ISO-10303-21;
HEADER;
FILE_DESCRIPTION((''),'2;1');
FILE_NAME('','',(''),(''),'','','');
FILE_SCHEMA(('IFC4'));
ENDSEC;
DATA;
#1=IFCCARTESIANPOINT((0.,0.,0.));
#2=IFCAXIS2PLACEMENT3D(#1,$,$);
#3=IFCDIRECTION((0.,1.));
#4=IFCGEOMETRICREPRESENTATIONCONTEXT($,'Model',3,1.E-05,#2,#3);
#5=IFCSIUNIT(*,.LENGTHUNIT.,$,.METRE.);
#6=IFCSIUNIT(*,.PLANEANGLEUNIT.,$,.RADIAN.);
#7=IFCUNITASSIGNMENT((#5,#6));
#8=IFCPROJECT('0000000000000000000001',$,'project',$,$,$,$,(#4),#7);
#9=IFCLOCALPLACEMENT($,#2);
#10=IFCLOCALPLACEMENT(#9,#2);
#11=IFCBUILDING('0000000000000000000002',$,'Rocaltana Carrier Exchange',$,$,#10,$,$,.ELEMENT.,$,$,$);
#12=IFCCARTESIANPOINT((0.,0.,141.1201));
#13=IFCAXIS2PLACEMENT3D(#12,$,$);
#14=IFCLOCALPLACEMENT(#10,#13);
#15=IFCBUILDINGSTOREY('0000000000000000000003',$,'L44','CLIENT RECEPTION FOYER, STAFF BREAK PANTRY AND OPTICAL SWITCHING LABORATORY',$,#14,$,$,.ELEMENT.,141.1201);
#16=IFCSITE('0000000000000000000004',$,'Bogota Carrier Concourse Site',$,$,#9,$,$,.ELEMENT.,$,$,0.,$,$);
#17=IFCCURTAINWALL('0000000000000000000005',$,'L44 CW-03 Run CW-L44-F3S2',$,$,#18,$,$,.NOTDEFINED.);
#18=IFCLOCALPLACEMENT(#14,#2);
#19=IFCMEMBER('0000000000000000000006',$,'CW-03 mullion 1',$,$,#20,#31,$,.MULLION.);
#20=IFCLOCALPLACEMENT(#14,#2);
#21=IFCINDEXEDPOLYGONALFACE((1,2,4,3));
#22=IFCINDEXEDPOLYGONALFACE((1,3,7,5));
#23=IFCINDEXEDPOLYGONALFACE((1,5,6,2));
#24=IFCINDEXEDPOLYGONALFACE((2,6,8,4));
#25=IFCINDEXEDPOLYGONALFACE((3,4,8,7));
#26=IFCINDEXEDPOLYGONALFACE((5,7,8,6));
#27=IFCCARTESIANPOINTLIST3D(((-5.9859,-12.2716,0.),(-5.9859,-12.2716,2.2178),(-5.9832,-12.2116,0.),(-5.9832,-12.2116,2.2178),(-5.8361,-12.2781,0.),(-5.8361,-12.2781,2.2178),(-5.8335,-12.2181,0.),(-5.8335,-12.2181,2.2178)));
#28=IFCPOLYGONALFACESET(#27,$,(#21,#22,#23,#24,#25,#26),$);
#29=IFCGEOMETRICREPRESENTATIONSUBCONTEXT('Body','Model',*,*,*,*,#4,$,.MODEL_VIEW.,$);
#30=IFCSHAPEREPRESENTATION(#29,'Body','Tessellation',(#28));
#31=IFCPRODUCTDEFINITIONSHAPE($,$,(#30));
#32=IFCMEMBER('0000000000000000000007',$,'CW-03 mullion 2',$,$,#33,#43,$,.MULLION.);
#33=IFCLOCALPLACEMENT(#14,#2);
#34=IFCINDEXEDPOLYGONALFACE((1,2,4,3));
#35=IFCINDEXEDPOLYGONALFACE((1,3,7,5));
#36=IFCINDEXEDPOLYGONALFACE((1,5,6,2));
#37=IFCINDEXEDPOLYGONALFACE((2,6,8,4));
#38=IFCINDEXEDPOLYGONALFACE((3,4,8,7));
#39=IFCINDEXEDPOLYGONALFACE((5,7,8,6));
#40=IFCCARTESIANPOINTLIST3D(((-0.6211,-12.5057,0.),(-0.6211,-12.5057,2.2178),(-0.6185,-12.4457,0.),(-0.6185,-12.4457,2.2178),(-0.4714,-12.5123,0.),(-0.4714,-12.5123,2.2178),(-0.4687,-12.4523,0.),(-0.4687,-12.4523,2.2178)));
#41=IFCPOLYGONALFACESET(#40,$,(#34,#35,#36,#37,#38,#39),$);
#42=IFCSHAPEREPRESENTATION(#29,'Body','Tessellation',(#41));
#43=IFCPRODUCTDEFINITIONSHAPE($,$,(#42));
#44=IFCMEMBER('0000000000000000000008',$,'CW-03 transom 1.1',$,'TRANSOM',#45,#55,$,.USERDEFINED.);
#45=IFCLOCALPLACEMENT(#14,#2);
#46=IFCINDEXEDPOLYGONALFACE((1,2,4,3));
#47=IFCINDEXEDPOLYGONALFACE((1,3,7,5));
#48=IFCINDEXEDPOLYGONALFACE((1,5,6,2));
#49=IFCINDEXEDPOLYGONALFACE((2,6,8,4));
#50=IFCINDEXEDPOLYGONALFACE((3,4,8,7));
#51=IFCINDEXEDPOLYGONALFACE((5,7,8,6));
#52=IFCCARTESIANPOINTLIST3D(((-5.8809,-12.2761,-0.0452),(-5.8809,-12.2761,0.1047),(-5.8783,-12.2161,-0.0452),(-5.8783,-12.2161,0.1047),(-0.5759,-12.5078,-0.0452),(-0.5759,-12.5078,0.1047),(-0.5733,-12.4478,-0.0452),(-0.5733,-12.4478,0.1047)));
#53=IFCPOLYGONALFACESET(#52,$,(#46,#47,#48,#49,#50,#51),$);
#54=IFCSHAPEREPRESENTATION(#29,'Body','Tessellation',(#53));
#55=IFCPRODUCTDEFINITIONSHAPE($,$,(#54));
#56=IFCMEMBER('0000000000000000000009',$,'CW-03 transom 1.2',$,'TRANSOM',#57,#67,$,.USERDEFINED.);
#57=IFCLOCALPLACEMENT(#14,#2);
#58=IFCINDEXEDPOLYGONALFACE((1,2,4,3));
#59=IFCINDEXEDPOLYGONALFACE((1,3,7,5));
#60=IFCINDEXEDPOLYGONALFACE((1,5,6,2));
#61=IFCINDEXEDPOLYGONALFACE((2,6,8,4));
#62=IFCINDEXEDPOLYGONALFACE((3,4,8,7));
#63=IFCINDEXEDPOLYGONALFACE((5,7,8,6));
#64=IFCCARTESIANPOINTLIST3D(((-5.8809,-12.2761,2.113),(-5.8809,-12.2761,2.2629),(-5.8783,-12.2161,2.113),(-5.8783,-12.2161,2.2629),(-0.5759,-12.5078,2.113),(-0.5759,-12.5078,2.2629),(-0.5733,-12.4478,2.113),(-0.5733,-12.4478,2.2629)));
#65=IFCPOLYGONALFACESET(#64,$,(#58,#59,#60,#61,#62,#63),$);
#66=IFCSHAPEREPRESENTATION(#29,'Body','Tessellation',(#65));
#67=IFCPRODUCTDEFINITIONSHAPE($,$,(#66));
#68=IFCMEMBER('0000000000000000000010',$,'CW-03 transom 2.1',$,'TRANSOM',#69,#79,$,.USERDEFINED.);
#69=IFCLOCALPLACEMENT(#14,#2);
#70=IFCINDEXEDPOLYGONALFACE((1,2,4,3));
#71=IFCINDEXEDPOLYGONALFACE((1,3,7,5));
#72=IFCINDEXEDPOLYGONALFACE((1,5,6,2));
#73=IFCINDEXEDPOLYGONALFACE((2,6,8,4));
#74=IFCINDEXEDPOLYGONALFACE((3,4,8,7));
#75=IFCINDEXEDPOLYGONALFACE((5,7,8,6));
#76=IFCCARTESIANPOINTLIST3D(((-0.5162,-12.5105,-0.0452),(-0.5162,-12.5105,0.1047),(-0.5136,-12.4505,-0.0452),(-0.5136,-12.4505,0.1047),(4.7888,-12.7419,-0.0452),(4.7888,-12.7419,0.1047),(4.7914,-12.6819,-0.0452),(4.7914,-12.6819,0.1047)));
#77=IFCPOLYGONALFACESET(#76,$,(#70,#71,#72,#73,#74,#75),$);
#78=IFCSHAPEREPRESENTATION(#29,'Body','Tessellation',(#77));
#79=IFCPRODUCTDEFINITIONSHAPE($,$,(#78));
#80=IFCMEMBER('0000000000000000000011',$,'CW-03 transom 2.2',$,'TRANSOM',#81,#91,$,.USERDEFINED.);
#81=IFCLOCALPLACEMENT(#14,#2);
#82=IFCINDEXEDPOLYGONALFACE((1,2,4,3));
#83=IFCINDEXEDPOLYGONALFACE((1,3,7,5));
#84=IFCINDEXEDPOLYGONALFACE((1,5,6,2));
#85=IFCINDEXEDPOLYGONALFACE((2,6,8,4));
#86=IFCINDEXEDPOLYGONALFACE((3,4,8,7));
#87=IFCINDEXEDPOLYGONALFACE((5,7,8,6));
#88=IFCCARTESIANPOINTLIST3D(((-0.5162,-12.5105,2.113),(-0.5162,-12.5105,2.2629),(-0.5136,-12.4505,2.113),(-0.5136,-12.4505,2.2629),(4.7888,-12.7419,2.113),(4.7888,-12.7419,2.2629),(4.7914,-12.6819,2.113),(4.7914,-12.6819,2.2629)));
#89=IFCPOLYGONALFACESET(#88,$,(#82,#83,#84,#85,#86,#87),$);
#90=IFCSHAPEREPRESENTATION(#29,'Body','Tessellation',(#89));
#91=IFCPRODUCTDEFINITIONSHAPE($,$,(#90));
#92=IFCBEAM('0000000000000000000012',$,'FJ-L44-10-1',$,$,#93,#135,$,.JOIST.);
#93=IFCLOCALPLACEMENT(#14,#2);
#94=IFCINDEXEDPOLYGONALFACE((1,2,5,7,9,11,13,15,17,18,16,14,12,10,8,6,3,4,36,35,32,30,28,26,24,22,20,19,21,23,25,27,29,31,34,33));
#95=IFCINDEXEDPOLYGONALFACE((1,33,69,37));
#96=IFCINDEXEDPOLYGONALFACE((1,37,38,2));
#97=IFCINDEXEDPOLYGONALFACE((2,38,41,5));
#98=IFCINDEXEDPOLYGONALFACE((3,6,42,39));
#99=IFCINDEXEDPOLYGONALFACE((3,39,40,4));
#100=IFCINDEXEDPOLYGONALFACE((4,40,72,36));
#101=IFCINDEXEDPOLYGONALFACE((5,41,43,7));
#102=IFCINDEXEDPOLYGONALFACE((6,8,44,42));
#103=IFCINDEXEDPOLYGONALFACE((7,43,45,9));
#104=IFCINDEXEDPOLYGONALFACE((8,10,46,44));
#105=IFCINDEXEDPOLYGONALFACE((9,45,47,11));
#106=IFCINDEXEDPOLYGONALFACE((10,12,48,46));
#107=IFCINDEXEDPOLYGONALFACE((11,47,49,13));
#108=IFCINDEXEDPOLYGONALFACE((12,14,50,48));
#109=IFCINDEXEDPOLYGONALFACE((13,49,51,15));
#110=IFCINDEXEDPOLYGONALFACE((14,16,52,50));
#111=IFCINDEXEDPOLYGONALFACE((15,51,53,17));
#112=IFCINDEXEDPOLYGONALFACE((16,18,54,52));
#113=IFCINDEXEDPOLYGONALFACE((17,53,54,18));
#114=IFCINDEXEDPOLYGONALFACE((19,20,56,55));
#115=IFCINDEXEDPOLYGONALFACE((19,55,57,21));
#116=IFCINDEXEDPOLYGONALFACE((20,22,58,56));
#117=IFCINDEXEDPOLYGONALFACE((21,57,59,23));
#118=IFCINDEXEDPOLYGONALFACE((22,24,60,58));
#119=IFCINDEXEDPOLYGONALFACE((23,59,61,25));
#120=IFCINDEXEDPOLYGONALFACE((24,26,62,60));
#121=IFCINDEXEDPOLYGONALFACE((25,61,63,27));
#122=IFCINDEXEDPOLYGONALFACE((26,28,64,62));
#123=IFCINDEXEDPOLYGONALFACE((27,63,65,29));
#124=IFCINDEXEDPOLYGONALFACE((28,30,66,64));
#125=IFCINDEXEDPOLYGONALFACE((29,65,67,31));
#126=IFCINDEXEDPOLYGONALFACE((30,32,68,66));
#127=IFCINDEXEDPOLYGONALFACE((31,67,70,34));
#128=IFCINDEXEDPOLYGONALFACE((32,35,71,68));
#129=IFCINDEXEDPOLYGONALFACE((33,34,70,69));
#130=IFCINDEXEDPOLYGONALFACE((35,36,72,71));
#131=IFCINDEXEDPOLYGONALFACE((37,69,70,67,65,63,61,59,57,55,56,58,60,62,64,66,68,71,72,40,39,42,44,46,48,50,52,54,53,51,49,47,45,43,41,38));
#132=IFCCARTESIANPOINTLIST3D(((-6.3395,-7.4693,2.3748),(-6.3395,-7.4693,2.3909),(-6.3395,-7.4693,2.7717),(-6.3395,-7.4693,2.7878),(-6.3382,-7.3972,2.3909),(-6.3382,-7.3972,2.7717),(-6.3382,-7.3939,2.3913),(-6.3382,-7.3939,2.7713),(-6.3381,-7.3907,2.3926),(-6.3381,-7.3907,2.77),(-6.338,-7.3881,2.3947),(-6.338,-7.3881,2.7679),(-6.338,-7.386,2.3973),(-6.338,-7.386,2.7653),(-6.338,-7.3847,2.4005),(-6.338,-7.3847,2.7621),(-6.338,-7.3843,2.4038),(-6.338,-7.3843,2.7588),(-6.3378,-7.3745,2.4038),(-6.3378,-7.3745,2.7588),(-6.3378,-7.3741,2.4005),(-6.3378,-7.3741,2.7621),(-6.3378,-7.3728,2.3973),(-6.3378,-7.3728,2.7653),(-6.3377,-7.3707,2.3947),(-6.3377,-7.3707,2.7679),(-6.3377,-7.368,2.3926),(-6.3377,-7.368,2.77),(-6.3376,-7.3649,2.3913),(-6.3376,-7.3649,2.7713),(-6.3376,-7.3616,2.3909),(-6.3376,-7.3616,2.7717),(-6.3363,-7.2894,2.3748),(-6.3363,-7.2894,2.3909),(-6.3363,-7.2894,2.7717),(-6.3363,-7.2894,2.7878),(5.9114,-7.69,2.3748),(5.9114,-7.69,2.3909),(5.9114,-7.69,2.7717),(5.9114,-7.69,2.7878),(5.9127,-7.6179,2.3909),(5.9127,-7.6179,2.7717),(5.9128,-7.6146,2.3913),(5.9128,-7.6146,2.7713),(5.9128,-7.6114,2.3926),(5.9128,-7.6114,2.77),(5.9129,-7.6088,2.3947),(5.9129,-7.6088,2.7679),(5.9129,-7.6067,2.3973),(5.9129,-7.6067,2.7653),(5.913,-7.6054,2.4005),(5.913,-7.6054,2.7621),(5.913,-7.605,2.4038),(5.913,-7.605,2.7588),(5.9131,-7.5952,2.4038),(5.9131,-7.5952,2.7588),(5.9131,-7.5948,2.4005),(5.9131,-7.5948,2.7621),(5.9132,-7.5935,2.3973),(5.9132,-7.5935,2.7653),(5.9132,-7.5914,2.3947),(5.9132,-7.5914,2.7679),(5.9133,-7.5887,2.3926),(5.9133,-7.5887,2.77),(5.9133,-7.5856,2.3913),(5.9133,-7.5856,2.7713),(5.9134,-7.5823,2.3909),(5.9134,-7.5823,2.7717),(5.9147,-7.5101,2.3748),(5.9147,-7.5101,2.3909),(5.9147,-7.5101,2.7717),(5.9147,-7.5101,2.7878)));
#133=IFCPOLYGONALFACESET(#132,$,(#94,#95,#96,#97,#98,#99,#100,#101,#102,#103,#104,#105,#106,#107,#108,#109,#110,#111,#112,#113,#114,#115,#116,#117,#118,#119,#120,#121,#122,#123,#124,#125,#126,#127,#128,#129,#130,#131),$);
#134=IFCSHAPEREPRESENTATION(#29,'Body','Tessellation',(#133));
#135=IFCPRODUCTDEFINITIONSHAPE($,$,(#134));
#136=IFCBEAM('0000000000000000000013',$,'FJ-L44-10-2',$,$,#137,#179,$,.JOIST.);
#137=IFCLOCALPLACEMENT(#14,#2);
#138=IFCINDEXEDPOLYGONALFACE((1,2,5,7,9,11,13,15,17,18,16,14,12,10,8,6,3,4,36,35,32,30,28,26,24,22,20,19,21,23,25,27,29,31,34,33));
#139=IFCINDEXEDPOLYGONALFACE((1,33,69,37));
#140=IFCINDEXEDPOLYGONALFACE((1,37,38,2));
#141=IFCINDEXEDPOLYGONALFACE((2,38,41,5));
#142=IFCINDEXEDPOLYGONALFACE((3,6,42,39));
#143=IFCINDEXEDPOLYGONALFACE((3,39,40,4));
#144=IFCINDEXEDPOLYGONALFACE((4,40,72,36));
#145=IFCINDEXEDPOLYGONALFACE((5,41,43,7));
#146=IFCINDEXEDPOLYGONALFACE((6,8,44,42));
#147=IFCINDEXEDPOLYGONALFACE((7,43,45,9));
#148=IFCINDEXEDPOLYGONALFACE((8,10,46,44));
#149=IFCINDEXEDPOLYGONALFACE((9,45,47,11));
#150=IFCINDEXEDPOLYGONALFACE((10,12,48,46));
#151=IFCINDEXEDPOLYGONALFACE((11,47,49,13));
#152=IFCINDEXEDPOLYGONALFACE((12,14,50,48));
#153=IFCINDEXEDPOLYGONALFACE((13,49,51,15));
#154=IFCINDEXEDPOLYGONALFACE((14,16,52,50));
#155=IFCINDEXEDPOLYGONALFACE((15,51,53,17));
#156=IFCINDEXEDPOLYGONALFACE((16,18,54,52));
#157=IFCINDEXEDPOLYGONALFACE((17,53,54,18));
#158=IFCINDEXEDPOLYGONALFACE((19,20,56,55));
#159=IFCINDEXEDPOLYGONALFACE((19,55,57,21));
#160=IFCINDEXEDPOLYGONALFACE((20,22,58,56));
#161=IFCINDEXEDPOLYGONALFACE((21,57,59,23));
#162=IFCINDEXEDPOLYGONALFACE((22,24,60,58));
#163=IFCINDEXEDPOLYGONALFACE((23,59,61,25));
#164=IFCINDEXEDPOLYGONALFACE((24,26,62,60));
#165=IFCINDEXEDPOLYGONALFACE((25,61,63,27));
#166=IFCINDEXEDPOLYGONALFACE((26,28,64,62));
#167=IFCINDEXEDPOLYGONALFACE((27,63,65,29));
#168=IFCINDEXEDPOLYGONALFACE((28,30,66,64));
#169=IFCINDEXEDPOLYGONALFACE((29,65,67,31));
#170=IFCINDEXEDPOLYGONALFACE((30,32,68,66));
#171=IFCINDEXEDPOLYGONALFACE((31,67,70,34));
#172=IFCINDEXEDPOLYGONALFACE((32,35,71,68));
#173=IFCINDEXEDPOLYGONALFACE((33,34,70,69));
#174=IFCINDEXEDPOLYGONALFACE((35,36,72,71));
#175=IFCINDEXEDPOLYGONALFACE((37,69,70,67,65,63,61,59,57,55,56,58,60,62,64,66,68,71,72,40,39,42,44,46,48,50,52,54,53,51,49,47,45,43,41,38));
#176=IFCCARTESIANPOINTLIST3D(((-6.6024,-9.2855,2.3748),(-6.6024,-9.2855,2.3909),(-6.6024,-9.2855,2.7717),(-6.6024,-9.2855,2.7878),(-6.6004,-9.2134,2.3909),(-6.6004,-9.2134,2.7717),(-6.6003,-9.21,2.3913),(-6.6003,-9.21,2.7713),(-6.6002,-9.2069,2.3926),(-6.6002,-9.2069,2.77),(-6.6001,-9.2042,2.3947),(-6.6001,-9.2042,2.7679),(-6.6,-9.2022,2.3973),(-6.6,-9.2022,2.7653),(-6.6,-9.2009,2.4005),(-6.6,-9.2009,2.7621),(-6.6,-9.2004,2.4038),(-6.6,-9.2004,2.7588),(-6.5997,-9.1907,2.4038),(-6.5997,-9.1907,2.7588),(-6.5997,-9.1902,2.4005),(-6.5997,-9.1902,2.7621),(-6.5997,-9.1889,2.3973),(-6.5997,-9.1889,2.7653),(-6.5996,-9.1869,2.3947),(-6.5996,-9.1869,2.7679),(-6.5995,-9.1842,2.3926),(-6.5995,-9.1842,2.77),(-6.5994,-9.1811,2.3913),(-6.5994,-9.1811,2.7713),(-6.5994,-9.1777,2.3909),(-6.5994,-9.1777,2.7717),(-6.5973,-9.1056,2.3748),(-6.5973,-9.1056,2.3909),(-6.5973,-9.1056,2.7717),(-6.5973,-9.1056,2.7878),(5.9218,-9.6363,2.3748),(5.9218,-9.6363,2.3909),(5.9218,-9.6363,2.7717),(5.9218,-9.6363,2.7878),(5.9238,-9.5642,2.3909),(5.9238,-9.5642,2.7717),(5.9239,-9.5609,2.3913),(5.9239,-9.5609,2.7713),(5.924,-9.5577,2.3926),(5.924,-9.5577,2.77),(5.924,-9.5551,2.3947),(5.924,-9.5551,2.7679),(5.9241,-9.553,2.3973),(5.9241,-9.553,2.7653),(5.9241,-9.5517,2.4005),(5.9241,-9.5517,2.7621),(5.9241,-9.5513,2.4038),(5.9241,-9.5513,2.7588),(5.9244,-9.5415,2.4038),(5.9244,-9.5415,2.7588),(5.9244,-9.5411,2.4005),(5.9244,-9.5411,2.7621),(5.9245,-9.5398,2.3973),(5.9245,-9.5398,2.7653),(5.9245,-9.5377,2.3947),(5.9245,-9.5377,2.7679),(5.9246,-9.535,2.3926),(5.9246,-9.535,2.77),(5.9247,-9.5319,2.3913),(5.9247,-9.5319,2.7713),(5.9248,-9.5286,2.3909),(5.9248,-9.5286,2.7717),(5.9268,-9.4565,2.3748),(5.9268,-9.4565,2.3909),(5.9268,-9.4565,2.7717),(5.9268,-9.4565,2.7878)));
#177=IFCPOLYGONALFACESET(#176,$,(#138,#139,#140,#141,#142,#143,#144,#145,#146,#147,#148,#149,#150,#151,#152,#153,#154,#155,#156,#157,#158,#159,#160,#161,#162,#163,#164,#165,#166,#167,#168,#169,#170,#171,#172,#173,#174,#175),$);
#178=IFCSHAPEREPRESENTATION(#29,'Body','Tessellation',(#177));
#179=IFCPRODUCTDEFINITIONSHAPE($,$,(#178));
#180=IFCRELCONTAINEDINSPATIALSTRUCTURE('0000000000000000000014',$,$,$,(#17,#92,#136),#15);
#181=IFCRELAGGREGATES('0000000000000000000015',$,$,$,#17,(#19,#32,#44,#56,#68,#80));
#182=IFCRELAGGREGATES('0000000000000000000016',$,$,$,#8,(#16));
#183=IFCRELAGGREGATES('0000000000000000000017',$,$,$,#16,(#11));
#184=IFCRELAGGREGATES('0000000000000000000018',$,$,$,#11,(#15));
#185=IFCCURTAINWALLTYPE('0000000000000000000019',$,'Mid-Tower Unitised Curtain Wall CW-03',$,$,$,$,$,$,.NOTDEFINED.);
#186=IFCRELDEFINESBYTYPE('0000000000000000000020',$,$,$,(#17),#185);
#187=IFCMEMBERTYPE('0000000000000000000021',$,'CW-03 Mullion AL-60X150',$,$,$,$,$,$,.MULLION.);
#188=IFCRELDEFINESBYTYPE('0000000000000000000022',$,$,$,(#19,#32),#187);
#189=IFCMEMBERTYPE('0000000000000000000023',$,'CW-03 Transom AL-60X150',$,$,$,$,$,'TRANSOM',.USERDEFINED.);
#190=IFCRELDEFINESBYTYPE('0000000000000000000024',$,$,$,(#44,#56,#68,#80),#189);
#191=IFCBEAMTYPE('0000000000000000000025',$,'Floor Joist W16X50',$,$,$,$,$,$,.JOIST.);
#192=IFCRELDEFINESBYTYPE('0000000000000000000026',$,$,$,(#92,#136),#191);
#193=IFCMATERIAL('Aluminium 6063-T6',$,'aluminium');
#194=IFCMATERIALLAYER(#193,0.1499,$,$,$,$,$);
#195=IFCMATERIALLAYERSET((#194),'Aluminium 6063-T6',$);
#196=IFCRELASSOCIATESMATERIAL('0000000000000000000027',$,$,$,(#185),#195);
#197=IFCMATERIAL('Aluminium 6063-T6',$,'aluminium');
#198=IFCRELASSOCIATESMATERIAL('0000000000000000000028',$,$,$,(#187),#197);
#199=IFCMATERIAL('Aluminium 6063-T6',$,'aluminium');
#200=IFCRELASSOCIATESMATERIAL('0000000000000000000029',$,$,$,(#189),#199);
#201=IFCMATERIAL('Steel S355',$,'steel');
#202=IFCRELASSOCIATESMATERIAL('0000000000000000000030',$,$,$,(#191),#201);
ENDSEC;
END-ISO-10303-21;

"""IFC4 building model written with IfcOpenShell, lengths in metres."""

from ifc_helpers import new_model, si_unit, direction, frame, origin, origin_2d, place, context, subcontext, project, spatial, rectangle, i_section, extrude, material, layer, layer_set, material_profile, profile_set, type_object, element, aggregate, save


model = new_model("IFC4")

# Units and contexts
model_context = context("Model", 3, precision=1e-05, world=origin(), true_north=direction((0.0, 1.0)))
body_context = subcontext(model_context, "Body", "Model", "MODEL_VIEW")
ifc_project = project(units=[si_unit("LENGTHUNIT", "METRE"), si_unit("PLANEANGLEUNIT", "RADIAN")], contexts=[model_context])

# Site, building, storey
site_placement = place(None, origin())
site = spatial("IfcSite", under=ifc_project, at=site_placement, Name="Bogota Carrier Concourse Site", CompositionType="ELEMENT", RefElevation=0.0)
building_placement = place(site_placement, origin())
building = spatial("IfcBuilding", under=site, at=building_placement, Name="Rocaltana Carrier Exchange", CompositionType="ELEMENT")
storey_placement = place(building_placement, frame((0.0, 0.0, 141.1201)))
storey = spatial("IfcBuildingStorey", under=building, at=storey_placement, Name="L44", Description="CLIENT RECEPTION FOYER, STAFF BREAK PANTRY AND OPTICAL SWITCHING LABORATORY", CompositionType="ELEMENT", Elevation=141.1201)

# Curtain wall, members
ifc_material_1 = material(Name="Aluminium 6063-T6", Category="aluminium")
ifc_layer_1 = layer(ifc_material_1, 0.1499)
ifc_layer_set_1 = layer_set([ifc_layer_1], Name="Aluminium 6063-T6")
curtain_wall_type = type_object("IfcCurtainWallType", Name="Mid-Tower Unitised Curtain Wall CW-03", PredefinedType="NOTDEFINED", material=ifc_layer_set_1)
curtain_wall_placement = place(storey_placement, origin())
curtain_wall = element("IfcCurtainWall", 1, at=curtain_wall_placement, inside=storey, type_object=curtain_wall_type, Name="L44 CW-03 Run CW-L44-F3S2", PredefinedType="NOTDEFINED")
ifc_material_2 = material(Name="Aluminium 6063-T6", Category="aluminium")
ifc_material_profile_1 = material_profile(ifc_material_2, rectangle(XDim=0.0601, YDim=0.1499, at=origin_2d()), Name="AL-60X150")
ifc_profile_set_1 = profile_set([ifc_material_profile_1], Name="Aluminium 6063-T6")
member_type_1 = type_object("IfcMemberType", Name="CW-03 Mullion AL-60X150", PredefinedType="MULLION", material=ifc_profile_set_1)
member_1_placement = place(storey_placement, frame((-5.9097, -12.2449, 0.0), z_axis=(0.0, 0.0, 1.0), x_axis=(0.04362, 0.999048, 0.0)))
member_1 = element("IfcMember", 2, at=member_1_placement, type_object=member_type_1, Name="CW-03 mullion 1", PredefinedType="MULLION", context=body_context, shape_type="SweptSolid", body=[
    extrude(rectangle(XDim=0.0601, YDim=0.1499, at=origin_2d()), origin(), (0.0, 0.0, 1.0), 2.2178),
])
member_2_placement = place(storey_placement, frame((-0.5449, -12.479, 0.0), z_axis=(0.0, 0.0, 1.0), x_axis=(0.04362, 0.999048, 0.0)))
member_2 = element("IfcMember", 3, at=member_2_placement, type_object=member_type_1, Name="CW-03 mullion 2", PredefinedType="MULLION", context=body_context, shape_type="SweptSolid", body=[
    extrude(rectangle(XDim=0.0601, YDim=0.1499, at=origin_2d()), origin(), (0.0, 0.0, 1.0), 2.2178),
])
ifc_material_3 = material(Name="Aluminium 6063-T6", Category="aluminium")
ifc_material_profile_2 = material_profile(ifc_material_3, rectangle(XDim=0.0601, YDim=0.1499, at=origin_2d()), Name="AL-60X150")
ifc_profile_set_2 = profile_set([ifc_material_profile_2], Name="Aluminium 6063-T6")
member_type_2 = type_object("IfcMemberType", Name="CW-03 Transom AL-60X150", ElementType="TRANSOM", PredefinedType="USERDEFINED", material=ifc_profile_set_2)
member_3_placement = place(storey_placement, frame((-5.8796, -12.2461, 0.0298), z_axis=(0.999048, -0.043633, 0.0), x_axis=(0.043633, 0.999048, 0.0)))
member_3 = element("IfcMember", 4, at=member_3_placement, type_object=member_type_2, Name="CW-03 transom 1.1", ObjectType="TRANSOM", PredefinedType="USERDEFINED", context=body_context, shape_type="SweptSolid", body=[
    extrude(rectangle(XDim=0.0601, YDim=0.1499, at=origin_2d()), origin(), (0.0, 0.0, 1.0), 5.3101),
])
member_4_placement = place(storey_placement, frame((-5.8796, -12.2461, 2.188), z_axis=(0.999048, -0.043633, 0.0), x_axis=(0.043633, 0.999048, 0.0)))
member_4 = element("IfcMember", 5, at=member_4_placement, type_object=member_type_2, Name="CW-03 transom 1.2", ObjectType="TRANSOM", PredefinedType="USERDEFINED", context=body_context, shape_type="SweptSolid", body=[
    extrude(rectangle(XDim=0.0601, YDim=0.1499, at=origin_2d()), origin(), (0.0, 0.0, 1.0), 5.3101),
])
member_5_placement = place(storey_placement, frame((-0.5149, -12.4805, 0.0298), z_axis=(0.99905, -0.043587, 0.0), x_axis=(0.043587, 0.99905, 0.0)))
member_5 = element("IfcMember", 6, at=member_5_placement, type_object=member_type_2, Name="CW-03 transom 2.1", ObjectType="TRANSOM", PredefinedType="USERDEFINED", context=body_context, shape_type="SweptSolid", body=[
    extrude(rectangle(XDim=0.0601, YDim=0.1499, at=origin_2d()), origin(), (0.0, 0.0, 1.0), 5.3101),
])
member_6_placement = place(storey_placement, frame((-0.5149, -12.4805, 2.188), z_axis=(0.99905, -0.043587, 0.0), x_axis=(0.043587, 0.99905, 0.0)))
member_6 = element("IfcMember", 7, at=member_6_placement, type_object=member_type_2, Name="CW-03 transom 2.2", ObjectType="TRANSOM", PredefinedType="USERDEFINED", context=body_context, shape_type="SweptSolid", body=[
    extrude(rectangle(XDim=0.0601, YDim=0.1499, at=origin_2d()), origin(), (0.0, 0.0, 1.0), 5.3101),
])

# Beams
ifc_material_4 = material(Name="Steel S355", Category="steel")
ifc_material_profile_3 = material_profile(ifc_material_4, i_section(OverallWidth=0.1799, OverallDepth=0.4131, WebThickness=0.0098, FlangeThickness=0.0161, FilletRadius=0.0129, at=origin_2d()), Name="W16X50")
ifc_profile_set_3 = profile_set([ifc_material_profile_3], Name="Steel S355")
beam_type = type_object("IfcBeamType", Name="Floor Joist W16X50", PredefinedType="JOIST", material=ifc_profile_set_3)
beam_1_placement = place(storey_placement, frame((-6.3379, -7.3794, 2.5813), z_axis=(0.999838, -0.018012, 0.0), x_axis=(0.018012, 0.999838, 0.0)))
element("IfcBeam", 8, at=beam_1_placement, inside=storey, type_object=beam_type, Name="FJ-L44-10-1", PredefinedType="JOIST", context=body_context, shape_type="SweptSolid", body=[
    extrude(i_section(OverallWidth=0.1799, OverallDepth=0.4131, WebThickness=0.0098, FlangeThickness=0.0161, FilletRadius=0.0129, at=origin_2d()), origin(), (0.0, 0.0, 1.0), 12.2529),
])
beam_2_placement = place(storey_placement, frame((-6.5999, -9.1956, 2.5813), z_axis=(0.999608, -0.028001, 0.0), x_axis=(0.028001, 0.999608, 0.0)))
element("IfcBeam", 9, at=beam_2_placement, inside=storey, type_object=beam_type, Name="FJ-L44-10-2", PredefinedType="JOIST", context=body_context, shape_type="SweptSolid", body=[
    extrude(i_section(OverallWidth=0.1799, OverallDepth=0.4131, WebThickness=0.0098, FlangeThickness=0.0161, FilletRadius=0.0129, at=origin_2d()), origin(), (0.0, 0.0, 1.0), 12.5291),
])

aggregate(curtain_wall, [member_1, member_2, member_3, member_4, member_5, member_6])

save(model, "model.ifc")
